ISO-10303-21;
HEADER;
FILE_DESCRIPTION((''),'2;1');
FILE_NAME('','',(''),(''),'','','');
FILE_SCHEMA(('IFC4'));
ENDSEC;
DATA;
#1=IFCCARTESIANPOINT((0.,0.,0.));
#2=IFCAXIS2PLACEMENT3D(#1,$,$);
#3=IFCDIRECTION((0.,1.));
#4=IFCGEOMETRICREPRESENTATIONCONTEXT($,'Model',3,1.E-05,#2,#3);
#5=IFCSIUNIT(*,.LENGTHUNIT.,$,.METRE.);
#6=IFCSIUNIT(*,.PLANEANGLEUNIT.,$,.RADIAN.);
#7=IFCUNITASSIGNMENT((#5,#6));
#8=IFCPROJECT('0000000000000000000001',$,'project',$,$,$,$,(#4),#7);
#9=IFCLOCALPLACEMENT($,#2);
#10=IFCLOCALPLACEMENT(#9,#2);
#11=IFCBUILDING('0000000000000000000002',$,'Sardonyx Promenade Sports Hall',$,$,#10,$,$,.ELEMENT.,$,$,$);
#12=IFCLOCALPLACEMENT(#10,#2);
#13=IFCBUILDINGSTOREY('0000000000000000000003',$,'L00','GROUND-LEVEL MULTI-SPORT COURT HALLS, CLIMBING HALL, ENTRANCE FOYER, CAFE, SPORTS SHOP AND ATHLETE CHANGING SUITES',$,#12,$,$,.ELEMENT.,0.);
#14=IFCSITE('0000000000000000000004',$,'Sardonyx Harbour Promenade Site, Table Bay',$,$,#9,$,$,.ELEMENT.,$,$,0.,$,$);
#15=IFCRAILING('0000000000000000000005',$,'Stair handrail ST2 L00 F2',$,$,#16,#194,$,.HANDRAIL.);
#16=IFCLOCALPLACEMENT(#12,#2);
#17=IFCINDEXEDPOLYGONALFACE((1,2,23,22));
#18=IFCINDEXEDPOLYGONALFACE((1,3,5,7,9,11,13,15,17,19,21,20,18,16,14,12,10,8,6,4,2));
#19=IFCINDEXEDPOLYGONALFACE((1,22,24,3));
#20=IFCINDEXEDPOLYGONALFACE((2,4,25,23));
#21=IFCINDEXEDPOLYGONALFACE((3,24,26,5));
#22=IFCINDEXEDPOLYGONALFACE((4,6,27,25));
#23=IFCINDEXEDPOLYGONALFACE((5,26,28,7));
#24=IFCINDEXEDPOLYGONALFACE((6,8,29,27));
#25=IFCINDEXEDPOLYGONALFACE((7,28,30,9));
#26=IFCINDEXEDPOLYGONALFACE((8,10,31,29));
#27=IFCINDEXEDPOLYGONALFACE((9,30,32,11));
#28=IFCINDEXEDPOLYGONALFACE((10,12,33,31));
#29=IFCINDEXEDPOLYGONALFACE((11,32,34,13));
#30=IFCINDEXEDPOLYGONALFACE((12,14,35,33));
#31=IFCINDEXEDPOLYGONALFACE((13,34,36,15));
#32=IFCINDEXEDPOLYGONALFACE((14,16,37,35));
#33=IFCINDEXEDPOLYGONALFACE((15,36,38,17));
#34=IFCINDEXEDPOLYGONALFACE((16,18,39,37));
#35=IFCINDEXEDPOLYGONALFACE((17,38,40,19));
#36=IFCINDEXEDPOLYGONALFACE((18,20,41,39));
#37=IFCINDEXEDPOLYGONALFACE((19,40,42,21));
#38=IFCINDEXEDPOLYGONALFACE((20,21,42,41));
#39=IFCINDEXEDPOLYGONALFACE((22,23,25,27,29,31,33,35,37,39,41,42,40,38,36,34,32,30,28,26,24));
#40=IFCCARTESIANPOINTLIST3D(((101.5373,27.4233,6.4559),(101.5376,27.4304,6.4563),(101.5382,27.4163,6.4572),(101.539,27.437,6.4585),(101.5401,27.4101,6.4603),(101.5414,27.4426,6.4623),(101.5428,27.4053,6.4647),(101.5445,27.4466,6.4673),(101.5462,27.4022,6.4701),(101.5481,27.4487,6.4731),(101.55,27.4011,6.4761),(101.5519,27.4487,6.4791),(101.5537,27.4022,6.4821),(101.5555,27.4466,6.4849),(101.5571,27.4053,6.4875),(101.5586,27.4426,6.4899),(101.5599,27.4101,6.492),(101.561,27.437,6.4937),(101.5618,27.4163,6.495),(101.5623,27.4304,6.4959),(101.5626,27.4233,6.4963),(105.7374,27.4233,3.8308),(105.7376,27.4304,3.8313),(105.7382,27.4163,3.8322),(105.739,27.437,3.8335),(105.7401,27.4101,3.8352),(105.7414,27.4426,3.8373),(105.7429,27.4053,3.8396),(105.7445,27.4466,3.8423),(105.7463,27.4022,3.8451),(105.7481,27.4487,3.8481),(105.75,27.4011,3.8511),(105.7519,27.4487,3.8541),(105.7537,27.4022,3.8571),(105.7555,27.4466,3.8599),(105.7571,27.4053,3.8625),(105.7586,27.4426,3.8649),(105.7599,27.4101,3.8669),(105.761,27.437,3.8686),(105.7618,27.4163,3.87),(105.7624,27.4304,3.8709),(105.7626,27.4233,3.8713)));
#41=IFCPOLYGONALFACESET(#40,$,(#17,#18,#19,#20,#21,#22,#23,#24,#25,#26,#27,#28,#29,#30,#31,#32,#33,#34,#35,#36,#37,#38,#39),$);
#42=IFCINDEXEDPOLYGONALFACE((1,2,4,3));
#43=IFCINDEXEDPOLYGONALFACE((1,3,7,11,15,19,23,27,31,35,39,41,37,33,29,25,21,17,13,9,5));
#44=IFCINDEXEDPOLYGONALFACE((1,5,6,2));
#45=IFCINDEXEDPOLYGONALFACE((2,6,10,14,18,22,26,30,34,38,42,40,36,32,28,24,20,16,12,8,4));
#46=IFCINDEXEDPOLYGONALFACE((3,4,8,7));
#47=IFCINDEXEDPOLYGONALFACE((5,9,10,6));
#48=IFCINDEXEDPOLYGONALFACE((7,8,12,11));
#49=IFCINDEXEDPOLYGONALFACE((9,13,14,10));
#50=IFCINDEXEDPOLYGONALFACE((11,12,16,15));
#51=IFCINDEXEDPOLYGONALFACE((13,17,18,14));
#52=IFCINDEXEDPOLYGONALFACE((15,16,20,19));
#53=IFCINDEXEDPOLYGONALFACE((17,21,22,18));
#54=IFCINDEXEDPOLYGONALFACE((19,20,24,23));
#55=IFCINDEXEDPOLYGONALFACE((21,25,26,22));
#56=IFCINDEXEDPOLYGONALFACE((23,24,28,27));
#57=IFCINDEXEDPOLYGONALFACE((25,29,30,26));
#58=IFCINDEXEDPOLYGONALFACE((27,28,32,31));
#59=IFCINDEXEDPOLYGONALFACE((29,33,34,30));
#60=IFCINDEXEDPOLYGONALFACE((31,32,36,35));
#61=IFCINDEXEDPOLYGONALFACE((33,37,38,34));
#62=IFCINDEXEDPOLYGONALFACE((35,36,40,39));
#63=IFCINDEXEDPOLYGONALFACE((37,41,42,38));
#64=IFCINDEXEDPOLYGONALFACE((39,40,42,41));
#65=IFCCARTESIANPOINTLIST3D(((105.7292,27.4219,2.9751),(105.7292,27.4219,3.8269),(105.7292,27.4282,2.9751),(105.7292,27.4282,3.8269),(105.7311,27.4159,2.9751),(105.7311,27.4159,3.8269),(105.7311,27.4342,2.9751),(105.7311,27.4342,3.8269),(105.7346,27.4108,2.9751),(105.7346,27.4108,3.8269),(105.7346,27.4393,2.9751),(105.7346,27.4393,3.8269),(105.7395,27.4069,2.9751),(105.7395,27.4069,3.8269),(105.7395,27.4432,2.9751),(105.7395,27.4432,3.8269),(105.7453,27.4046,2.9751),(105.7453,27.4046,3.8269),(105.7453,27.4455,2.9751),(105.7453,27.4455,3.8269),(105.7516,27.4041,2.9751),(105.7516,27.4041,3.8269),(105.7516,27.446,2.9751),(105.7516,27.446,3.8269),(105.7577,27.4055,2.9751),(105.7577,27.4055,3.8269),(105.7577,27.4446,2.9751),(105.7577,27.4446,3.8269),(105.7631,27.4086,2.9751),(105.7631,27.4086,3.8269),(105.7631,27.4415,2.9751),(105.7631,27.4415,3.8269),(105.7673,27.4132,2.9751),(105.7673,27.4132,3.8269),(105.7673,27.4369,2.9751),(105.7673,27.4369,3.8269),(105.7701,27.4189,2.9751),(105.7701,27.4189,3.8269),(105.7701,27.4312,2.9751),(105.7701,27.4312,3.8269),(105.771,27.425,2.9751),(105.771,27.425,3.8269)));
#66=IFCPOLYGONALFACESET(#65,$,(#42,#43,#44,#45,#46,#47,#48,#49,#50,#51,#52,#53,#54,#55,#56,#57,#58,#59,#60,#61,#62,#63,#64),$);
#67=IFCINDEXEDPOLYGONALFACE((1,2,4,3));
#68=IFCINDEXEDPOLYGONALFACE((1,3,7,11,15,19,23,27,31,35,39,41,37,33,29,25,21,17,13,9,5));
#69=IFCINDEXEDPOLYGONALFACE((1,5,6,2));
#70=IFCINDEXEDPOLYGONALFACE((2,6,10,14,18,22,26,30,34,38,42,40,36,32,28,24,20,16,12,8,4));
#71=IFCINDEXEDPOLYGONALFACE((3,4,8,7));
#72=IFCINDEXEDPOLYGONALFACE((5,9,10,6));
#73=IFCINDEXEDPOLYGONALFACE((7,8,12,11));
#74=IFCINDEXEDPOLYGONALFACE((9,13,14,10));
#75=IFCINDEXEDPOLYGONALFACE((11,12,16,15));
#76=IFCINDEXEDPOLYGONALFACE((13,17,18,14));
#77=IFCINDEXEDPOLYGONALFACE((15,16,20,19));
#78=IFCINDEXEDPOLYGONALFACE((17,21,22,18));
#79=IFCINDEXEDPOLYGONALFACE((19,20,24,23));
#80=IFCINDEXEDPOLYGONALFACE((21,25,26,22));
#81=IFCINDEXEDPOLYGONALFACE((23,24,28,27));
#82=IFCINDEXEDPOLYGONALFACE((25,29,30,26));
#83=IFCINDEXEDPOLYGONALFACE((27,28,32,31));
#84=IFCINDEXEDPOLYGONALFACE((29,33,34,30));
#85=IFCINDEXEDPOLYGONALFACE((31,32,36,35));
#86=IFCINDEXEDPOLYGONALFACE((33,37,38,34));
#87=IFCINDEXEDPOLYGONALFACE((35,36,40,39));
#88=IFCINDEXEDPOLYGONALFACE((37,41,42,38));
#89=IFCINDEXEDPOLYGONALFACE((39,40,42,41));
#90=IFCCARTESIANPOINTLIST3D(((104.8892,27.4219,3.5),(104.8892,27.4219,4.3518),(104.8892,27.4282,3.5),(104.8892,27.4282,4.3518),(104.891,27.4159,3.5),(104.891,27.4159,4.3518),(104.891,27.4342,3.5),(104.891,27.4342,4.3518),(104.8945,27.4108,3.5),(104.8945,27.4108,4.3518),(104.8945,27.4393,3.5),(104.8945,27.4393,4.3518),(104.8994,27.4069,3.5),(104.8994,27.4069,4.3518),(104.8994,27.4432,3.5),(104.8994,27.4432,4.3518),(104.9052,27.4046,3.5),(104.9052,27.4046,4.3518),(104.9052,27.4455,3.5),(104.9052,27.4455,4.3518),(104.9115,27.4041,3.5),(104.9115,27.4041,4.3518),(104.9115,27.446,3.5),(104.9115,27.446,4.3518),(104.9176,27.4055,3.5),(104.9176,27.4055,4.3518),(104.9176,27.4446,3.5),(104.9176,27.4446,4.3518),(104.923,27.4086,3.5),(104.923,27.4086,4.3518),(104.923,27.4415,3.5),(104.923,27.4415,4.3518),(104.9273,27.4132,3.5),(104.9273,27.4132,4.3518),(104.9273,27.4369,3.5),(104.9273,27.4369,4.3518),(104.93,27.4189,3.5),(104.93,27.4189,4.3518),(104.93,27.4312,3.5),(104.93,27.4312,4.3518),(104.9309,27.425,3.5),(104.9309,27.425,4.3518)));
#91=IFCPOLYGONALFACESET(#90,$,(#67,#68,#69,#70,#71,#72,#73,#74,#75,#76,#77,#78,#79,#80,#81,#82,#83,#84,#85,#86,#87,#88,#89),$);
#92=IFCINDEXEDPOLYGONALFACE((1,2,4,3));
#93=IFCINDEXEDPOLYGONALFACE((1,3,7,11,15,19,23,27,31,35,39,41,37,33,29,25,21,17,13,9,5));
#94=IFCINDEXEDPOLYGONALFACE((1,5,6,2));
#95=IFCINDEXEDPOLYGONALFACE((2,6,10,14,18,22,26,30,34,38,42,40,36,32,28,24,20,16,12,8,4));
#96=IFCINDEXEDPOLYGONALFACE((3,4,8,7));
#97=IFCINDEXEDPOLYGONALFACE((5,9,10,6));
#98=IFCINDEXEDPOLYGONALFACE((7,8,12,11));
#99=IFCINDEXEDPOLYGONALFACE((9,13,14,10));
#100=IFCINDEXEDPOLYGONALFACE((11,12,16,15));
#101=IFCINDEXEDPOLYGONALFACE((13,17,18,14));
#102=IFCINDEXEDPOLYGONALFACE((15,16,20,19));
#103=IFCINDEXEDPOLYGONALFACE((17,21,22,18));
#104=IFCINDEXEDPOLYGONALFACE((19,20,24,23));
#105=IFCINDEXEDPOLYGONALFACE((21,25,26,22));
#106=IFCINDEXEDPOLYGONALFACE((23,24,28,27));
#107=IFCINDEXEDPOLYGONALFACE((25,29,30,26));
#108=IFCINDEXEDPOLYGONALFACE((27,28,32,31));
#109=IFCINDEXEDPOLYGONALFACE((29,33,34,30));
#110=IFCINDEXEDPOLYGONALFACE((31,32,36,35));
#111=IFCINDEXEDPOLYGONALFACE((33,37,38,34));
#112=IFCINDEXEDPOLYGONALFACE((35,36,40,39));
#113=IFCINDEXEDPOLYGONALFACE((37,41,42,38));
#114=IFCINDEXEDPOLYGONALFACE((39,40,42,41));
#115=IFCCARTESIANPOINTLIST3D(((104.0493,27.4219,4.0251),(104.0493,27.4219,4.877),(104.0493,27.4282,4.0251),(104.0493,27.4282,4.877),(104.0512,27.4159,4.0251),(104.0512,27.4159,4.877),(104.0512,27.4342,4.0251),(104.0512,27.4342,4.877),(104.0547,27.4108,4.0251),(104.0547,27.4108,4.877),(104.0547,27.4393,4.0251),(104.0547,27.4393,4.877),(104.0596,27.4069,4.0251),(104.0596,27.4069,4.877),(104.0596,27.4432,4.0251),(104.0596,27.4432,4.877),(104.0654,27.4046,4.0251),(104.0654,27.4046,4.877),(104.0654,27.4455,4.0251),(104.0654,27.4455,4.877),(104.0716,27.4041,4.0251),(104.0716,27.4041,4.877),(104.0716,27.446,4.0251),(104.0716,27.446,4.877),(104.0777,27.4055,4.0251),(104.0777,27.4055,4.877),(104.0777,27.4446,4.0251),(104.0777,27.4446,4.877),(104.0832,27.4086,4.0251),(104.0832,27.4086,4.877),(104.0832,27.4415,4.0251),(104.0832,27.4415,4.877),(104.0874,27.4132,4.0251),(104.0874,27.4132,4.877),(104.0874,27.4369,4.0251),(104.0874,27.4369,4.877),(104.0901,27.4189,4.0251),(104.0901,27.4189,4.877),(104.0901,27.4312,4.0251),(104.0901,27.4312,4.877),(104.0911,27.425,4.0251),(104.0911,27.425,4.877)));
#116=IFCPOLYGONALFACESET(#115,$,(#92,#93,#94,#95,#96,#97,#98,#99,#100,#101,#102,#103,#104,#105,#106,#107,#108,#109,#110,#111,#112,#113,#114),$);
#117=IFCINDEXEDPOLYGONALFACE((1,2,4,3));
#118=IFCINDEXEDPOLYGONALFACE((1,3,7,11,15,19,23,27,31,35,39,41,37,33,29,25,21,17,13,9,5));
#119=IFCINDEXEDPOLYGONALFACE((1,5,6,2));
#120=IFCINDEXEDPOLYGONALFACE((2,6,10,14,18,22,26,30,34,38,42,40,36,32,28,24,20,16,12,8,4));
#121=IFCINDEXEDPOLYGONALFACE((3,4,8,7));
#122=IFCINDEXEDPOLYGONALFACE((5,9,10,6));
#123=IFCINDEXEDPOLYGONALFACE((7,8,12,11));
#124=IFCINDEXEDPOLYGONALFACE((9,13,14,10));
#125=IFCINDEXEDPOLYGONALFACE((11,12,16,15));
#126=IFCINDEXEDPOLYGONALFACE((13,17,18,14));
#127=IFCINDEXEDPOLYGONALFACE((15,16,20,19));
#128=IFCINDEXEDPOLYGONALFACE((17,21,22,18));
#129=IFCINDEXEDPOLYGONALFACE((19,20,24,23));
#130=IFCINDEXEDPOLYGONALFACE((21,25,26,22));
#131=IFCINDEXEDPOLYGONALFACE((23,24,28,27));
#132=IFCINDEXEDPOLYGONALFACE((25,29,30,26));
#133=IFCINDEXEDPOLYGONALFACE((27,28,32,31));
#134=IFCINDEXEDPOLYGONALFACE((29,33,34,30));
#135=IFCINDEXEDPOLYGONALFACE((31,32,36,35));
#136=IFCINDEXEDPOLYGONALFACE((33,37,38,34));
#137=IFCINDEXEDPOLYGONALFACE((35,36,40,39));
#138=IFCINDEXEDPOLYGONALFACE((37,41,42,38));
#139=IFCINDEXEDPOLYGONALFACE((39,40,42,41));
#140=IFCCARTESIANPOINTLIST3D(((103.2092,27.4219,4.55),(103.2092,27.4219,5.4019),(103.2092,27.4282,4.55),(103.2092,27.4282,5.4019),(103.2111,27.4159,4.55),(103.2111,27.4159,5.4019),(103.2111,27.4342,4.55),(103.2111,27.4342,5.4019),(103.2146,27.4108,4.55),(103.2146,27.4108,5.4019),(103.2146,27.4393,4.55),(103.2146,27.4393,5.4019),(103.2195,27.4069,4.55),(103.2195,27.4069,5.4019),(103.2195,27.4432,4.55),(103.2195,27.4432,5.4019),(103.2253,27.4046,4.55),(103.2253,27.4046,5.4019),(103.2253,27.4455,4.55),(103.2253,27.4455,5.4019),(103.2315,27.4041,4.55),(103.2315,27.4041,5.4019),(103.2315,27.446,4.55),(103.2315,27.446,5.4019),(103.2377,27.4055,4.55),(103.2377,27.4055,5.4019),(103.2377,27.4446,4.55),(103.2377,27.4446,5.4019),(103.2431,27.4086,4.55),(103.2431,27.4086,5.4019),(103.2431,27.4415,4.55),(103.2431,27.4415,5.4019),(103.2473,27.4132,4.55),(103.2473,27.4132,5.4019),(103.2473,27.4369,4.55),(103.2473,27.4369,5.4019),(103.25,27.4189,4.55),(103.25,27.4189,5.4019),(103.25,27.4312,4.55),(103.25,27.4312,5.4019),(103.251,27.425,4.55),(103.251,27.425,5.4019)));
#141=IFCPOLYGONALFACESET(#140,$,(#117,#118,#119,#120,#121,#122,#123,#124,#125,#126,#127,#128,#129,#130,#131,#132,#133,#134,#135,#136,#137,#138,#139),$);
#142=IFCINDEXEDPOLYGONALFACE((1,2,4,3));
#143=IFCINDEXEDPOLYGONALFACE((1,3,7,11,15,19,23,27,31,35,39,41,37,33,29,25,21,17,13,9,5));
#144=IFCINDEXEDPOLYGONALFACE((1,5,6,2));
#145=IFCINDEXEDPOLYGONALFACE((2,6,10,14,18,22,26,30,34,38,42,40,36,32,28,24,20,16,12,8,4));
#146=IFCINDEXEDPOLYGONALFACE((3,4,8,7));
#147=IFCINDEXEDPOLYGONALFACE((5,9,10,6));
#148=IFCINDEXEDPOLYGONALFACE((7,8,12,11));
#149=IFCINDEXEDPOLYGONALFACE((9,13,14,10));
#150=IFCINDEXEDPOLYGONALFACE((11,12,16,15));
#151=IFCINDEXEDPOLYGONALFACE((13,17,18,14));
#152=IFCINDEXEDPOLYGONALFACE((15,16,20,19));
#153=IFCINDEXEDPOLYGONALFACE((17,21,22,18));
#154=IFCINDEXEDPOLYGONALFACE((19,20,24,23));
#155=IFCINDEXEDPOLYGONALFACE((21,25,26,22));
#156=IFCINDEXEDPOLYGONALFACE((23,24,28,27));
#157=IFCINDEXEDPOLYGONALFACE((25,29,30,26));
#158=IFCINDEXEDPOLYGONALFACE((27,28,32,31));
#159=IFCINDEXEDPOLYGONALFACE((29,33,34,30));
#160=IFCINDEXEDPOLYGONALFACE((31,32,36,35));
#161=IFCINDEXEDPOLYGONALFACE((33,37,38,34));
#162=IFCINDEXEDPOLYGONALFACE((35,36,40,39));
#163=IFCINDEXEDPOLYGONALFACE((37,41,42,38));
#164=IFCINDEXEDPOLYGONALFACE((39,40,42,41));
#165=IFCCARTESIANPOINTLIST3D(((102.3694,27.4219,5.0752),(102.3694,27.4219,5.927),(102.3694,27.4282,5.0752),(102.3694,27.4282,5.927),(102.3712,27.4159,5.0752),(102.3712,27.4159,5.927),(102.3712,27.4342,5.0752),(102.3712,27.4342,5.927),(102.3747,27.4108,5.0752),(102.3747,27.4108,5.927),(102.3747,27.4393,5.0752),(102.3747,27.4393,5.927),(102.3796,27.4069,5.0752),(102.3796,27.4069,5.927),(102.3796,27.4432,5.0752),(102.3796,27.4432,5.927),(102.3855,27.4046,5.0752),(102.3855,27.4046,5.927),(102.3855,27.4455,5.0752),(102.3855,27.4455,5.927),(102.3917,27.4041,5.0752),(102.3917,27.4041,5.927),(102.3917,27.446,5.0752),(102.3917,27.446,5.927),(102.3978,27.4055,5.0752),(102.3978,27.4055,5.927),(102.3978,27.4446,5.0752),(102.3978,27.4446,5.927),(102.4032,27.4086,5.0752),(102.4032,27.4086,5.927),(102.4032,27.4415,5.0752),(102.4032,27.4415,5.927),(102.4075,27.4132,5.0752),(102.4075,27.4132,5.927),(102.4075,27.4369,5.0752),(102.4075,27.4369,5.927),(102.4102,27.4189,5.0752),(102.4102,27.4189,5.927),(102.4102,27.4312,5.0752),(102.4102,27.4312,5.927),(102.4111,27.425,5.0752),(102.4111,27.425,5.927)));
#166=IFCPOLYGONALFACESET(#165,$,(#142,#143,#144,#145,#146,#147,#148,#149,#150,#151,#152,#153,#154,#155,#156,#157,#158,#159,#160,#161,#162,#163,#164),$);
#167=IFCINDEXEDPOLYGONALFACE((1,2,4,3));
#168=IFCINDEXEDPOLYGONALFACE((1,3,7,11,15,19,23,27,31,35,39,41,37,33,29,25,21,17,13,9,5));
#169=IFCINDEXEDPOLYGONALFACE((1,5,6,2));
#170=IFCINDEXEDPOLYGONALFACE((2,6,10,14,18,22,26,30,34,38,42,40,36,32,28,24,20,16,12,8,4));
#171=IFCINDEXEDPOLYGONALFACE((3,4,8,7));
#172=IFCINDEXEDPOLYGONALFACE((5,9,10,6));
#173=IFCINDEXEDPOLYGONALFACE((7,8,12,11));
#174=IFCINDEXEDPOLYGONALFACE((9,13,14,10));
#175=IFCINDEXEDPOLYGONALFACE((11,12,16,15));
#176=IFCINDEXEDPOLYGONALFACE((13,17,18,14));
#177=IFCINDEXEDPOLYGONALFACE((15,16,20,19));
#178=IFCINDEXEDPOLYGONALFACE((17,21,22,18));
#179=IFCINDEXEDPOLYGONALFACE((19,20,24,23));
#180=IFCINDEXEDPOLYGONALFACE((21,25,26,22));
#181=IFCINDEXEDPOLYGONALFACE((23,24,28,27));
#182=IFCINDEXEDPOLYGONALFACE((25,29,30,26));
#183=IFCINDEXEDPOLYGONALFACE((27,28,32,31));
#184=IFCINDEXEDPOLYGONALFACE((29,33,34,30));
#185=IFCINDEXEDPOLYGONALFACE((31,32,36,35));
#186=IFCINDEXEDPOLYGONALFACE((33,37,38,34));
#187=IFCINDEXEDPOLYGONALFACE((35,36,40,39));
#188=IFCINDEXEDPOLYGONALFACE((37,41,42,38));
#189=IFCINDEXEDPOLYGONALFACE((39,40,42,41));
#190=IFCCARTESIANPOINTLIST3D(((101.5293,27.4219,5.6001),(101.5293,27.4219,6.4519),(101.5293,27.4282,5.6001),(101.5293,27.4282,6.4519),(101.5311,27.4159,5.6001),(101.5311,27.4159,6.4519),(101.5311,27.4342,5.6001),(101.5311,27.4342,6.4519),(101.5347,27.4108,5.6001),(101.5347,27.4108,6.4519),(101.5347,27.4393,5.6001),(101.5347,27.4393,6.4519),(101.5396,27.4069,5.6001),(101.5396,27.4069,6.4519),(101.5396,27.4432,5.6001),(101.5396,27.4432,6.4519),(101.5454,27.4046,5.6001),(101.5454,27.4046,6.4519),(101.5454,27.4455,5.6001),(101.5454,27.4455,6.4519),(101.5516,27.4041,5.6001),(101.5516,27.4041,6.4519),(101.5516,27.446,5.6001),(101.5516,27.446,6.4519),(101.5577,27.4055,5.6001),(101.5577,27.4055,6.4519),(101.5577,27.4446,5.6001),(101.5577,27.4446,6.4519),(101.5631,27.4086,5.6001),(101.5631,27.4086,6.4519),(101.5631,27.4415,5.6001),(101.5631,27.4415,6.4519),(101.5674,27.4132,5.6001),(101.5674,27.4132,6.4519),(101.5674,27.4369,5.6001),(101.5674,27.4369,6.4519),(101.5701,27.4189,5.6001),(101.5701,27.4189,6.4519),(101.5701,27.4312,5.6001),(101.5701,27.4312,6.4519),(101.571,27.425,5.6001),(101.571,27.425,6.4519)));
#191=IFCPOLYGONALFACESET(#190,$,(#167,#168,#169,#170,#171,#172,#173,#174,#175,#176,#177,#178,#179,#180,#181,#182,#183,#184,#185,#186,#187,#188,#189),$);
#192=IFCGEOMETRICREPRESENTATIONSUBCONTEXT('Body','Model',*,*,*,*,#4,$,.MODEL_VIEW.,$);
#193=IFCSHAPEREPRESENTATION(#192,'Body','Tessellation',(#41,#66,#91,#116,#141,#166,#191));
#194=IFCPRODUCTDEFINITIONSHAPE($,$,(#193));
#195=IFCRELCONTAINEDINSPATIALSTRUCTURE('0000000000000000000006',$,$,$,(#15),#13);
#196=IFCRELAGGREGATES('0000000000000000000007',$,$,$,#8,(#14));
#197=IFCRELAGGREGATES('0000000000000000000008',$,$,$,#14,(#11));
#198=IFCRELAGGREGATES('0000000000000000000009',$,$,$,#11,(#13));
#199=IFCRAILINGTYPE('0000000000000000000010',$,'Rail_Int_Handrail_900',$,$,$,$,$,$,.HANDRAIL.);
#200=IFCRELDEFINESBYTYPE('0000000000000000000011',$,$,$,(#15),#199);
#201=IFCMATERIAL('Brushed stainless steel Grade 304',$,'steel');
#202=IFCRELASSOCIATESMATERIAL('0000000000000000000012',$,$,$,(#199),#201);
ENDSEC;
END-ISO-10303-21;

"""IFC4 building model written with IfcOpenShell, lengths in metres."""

from ifc_helpers import new_model, si_unit, direction, frame, origin, origin_2d, place, context, subcontext, project, spatial, circle, extrude, material, type_object, element, save


model = new_model("IFC4")

# Units and contexts
model_context = context("Model", 3, precision=1e-05, world=origin(), true_north=direction((0.0, 1.0)))
body_context = subcontext(model_context, "Body", "Model", "MODEL_VIEW")
ifc_project = project(units=[si_unit("LENGTHUNIT", "METRE"), si_unit("PLANEANGLEUNIT", "RADIAN")], contexts=[model_context])

# Site, building, storey
site_placement = place(None, origin())
site = spatial("IfcSite", under=ifc_project, at=site_placement, Name="Sardonyx Harbour Promenade Site, Table Bay", CompositionType="ELEMENT", RefElevation=0.0)
building_placement = place(site_placement, origin())
building = spatial("IfcBuilding", under=site, at=building_placement, Name="Sardonyx Promenade Sports Hall", CompositionType="ELEMENT")
storey_placement = place(building_placement, origin())
storey = spatial("IfcBuildingStorey", under=building, at=storey_placement, Name="L00", Description="GROUND-LEVEL MULTI-SPORT COURT HALLS, CLIMBING HALL, ENTRANCE FOYER, CAFE, SPORTS SHOP AND ATHLETE CHANGING SUITES", CompositionType="ELEMENT", Elevation=0.0)

# Railing
ifc_material_1 = material(Name="Brushed stainless steel Grade 304", Category="steel")
railing_type_1 = type_object("IfcRailingType", Name="Rail_Int_Handrail_900", PredefinedType="HANDRAIL", material=ifc_material_1)
railing_1_placement = place(storey_placement, frame((105.75, 27.425, 2.9751)))
element("IfcRailing", 1, at=railing_1_placement, inside=storey, type_object=railing_type_1, Name="Stair handrail ST2 L00 F2", PredefinedType="HANDRAIL", context=body_context, shape_type="SweptSolid", body=[
    extrude(circle(Radius=0.0239, at=origin_2d()), frame((0.0, 0.0, 0.876), z_axis=(-0.847996, 0.0, 0.530003), x_axis=(0.0, -1.0, 0.0)), (0.0, 0.0, 1.0), 4.9529),
    extrude(circle(Radius=0.021, at=origin_2d()), origin(), (0.0, 0.0, 1.0), 0.8518),
    extrude(circle(Radius=0.021, at=origin_2d()), frame((-0.8401, 0.0, 0.5249)), (0.0, 0.0, 1.0), 0.8518),
    extrude(circle(Radius=0.021, at=origin_2d()), frame((-1.6799, 0.0, 1.05)), (0.0, 0.0, 1.0), 0.8518),
    extrude(circle(Radius=0.021, at=origin_2d()), frame((-2.52, 0.0, 1.575)), (0.0, 0.0, 1.0), 0.8518),
    extrude(circle(Radius=0.021, at=origin_2d()), frame((-3.3599, 0.0, 2.1001)), (0.0, 0.0, 1.0), 0.8518),
    extrude(circle(Radius=0.021, at=origin_2d()), frame((-4.2, 0.0, 2.625)), (0.0, 0.0, 1.0), 0.8518),
])

save(model, "model.ifc")
